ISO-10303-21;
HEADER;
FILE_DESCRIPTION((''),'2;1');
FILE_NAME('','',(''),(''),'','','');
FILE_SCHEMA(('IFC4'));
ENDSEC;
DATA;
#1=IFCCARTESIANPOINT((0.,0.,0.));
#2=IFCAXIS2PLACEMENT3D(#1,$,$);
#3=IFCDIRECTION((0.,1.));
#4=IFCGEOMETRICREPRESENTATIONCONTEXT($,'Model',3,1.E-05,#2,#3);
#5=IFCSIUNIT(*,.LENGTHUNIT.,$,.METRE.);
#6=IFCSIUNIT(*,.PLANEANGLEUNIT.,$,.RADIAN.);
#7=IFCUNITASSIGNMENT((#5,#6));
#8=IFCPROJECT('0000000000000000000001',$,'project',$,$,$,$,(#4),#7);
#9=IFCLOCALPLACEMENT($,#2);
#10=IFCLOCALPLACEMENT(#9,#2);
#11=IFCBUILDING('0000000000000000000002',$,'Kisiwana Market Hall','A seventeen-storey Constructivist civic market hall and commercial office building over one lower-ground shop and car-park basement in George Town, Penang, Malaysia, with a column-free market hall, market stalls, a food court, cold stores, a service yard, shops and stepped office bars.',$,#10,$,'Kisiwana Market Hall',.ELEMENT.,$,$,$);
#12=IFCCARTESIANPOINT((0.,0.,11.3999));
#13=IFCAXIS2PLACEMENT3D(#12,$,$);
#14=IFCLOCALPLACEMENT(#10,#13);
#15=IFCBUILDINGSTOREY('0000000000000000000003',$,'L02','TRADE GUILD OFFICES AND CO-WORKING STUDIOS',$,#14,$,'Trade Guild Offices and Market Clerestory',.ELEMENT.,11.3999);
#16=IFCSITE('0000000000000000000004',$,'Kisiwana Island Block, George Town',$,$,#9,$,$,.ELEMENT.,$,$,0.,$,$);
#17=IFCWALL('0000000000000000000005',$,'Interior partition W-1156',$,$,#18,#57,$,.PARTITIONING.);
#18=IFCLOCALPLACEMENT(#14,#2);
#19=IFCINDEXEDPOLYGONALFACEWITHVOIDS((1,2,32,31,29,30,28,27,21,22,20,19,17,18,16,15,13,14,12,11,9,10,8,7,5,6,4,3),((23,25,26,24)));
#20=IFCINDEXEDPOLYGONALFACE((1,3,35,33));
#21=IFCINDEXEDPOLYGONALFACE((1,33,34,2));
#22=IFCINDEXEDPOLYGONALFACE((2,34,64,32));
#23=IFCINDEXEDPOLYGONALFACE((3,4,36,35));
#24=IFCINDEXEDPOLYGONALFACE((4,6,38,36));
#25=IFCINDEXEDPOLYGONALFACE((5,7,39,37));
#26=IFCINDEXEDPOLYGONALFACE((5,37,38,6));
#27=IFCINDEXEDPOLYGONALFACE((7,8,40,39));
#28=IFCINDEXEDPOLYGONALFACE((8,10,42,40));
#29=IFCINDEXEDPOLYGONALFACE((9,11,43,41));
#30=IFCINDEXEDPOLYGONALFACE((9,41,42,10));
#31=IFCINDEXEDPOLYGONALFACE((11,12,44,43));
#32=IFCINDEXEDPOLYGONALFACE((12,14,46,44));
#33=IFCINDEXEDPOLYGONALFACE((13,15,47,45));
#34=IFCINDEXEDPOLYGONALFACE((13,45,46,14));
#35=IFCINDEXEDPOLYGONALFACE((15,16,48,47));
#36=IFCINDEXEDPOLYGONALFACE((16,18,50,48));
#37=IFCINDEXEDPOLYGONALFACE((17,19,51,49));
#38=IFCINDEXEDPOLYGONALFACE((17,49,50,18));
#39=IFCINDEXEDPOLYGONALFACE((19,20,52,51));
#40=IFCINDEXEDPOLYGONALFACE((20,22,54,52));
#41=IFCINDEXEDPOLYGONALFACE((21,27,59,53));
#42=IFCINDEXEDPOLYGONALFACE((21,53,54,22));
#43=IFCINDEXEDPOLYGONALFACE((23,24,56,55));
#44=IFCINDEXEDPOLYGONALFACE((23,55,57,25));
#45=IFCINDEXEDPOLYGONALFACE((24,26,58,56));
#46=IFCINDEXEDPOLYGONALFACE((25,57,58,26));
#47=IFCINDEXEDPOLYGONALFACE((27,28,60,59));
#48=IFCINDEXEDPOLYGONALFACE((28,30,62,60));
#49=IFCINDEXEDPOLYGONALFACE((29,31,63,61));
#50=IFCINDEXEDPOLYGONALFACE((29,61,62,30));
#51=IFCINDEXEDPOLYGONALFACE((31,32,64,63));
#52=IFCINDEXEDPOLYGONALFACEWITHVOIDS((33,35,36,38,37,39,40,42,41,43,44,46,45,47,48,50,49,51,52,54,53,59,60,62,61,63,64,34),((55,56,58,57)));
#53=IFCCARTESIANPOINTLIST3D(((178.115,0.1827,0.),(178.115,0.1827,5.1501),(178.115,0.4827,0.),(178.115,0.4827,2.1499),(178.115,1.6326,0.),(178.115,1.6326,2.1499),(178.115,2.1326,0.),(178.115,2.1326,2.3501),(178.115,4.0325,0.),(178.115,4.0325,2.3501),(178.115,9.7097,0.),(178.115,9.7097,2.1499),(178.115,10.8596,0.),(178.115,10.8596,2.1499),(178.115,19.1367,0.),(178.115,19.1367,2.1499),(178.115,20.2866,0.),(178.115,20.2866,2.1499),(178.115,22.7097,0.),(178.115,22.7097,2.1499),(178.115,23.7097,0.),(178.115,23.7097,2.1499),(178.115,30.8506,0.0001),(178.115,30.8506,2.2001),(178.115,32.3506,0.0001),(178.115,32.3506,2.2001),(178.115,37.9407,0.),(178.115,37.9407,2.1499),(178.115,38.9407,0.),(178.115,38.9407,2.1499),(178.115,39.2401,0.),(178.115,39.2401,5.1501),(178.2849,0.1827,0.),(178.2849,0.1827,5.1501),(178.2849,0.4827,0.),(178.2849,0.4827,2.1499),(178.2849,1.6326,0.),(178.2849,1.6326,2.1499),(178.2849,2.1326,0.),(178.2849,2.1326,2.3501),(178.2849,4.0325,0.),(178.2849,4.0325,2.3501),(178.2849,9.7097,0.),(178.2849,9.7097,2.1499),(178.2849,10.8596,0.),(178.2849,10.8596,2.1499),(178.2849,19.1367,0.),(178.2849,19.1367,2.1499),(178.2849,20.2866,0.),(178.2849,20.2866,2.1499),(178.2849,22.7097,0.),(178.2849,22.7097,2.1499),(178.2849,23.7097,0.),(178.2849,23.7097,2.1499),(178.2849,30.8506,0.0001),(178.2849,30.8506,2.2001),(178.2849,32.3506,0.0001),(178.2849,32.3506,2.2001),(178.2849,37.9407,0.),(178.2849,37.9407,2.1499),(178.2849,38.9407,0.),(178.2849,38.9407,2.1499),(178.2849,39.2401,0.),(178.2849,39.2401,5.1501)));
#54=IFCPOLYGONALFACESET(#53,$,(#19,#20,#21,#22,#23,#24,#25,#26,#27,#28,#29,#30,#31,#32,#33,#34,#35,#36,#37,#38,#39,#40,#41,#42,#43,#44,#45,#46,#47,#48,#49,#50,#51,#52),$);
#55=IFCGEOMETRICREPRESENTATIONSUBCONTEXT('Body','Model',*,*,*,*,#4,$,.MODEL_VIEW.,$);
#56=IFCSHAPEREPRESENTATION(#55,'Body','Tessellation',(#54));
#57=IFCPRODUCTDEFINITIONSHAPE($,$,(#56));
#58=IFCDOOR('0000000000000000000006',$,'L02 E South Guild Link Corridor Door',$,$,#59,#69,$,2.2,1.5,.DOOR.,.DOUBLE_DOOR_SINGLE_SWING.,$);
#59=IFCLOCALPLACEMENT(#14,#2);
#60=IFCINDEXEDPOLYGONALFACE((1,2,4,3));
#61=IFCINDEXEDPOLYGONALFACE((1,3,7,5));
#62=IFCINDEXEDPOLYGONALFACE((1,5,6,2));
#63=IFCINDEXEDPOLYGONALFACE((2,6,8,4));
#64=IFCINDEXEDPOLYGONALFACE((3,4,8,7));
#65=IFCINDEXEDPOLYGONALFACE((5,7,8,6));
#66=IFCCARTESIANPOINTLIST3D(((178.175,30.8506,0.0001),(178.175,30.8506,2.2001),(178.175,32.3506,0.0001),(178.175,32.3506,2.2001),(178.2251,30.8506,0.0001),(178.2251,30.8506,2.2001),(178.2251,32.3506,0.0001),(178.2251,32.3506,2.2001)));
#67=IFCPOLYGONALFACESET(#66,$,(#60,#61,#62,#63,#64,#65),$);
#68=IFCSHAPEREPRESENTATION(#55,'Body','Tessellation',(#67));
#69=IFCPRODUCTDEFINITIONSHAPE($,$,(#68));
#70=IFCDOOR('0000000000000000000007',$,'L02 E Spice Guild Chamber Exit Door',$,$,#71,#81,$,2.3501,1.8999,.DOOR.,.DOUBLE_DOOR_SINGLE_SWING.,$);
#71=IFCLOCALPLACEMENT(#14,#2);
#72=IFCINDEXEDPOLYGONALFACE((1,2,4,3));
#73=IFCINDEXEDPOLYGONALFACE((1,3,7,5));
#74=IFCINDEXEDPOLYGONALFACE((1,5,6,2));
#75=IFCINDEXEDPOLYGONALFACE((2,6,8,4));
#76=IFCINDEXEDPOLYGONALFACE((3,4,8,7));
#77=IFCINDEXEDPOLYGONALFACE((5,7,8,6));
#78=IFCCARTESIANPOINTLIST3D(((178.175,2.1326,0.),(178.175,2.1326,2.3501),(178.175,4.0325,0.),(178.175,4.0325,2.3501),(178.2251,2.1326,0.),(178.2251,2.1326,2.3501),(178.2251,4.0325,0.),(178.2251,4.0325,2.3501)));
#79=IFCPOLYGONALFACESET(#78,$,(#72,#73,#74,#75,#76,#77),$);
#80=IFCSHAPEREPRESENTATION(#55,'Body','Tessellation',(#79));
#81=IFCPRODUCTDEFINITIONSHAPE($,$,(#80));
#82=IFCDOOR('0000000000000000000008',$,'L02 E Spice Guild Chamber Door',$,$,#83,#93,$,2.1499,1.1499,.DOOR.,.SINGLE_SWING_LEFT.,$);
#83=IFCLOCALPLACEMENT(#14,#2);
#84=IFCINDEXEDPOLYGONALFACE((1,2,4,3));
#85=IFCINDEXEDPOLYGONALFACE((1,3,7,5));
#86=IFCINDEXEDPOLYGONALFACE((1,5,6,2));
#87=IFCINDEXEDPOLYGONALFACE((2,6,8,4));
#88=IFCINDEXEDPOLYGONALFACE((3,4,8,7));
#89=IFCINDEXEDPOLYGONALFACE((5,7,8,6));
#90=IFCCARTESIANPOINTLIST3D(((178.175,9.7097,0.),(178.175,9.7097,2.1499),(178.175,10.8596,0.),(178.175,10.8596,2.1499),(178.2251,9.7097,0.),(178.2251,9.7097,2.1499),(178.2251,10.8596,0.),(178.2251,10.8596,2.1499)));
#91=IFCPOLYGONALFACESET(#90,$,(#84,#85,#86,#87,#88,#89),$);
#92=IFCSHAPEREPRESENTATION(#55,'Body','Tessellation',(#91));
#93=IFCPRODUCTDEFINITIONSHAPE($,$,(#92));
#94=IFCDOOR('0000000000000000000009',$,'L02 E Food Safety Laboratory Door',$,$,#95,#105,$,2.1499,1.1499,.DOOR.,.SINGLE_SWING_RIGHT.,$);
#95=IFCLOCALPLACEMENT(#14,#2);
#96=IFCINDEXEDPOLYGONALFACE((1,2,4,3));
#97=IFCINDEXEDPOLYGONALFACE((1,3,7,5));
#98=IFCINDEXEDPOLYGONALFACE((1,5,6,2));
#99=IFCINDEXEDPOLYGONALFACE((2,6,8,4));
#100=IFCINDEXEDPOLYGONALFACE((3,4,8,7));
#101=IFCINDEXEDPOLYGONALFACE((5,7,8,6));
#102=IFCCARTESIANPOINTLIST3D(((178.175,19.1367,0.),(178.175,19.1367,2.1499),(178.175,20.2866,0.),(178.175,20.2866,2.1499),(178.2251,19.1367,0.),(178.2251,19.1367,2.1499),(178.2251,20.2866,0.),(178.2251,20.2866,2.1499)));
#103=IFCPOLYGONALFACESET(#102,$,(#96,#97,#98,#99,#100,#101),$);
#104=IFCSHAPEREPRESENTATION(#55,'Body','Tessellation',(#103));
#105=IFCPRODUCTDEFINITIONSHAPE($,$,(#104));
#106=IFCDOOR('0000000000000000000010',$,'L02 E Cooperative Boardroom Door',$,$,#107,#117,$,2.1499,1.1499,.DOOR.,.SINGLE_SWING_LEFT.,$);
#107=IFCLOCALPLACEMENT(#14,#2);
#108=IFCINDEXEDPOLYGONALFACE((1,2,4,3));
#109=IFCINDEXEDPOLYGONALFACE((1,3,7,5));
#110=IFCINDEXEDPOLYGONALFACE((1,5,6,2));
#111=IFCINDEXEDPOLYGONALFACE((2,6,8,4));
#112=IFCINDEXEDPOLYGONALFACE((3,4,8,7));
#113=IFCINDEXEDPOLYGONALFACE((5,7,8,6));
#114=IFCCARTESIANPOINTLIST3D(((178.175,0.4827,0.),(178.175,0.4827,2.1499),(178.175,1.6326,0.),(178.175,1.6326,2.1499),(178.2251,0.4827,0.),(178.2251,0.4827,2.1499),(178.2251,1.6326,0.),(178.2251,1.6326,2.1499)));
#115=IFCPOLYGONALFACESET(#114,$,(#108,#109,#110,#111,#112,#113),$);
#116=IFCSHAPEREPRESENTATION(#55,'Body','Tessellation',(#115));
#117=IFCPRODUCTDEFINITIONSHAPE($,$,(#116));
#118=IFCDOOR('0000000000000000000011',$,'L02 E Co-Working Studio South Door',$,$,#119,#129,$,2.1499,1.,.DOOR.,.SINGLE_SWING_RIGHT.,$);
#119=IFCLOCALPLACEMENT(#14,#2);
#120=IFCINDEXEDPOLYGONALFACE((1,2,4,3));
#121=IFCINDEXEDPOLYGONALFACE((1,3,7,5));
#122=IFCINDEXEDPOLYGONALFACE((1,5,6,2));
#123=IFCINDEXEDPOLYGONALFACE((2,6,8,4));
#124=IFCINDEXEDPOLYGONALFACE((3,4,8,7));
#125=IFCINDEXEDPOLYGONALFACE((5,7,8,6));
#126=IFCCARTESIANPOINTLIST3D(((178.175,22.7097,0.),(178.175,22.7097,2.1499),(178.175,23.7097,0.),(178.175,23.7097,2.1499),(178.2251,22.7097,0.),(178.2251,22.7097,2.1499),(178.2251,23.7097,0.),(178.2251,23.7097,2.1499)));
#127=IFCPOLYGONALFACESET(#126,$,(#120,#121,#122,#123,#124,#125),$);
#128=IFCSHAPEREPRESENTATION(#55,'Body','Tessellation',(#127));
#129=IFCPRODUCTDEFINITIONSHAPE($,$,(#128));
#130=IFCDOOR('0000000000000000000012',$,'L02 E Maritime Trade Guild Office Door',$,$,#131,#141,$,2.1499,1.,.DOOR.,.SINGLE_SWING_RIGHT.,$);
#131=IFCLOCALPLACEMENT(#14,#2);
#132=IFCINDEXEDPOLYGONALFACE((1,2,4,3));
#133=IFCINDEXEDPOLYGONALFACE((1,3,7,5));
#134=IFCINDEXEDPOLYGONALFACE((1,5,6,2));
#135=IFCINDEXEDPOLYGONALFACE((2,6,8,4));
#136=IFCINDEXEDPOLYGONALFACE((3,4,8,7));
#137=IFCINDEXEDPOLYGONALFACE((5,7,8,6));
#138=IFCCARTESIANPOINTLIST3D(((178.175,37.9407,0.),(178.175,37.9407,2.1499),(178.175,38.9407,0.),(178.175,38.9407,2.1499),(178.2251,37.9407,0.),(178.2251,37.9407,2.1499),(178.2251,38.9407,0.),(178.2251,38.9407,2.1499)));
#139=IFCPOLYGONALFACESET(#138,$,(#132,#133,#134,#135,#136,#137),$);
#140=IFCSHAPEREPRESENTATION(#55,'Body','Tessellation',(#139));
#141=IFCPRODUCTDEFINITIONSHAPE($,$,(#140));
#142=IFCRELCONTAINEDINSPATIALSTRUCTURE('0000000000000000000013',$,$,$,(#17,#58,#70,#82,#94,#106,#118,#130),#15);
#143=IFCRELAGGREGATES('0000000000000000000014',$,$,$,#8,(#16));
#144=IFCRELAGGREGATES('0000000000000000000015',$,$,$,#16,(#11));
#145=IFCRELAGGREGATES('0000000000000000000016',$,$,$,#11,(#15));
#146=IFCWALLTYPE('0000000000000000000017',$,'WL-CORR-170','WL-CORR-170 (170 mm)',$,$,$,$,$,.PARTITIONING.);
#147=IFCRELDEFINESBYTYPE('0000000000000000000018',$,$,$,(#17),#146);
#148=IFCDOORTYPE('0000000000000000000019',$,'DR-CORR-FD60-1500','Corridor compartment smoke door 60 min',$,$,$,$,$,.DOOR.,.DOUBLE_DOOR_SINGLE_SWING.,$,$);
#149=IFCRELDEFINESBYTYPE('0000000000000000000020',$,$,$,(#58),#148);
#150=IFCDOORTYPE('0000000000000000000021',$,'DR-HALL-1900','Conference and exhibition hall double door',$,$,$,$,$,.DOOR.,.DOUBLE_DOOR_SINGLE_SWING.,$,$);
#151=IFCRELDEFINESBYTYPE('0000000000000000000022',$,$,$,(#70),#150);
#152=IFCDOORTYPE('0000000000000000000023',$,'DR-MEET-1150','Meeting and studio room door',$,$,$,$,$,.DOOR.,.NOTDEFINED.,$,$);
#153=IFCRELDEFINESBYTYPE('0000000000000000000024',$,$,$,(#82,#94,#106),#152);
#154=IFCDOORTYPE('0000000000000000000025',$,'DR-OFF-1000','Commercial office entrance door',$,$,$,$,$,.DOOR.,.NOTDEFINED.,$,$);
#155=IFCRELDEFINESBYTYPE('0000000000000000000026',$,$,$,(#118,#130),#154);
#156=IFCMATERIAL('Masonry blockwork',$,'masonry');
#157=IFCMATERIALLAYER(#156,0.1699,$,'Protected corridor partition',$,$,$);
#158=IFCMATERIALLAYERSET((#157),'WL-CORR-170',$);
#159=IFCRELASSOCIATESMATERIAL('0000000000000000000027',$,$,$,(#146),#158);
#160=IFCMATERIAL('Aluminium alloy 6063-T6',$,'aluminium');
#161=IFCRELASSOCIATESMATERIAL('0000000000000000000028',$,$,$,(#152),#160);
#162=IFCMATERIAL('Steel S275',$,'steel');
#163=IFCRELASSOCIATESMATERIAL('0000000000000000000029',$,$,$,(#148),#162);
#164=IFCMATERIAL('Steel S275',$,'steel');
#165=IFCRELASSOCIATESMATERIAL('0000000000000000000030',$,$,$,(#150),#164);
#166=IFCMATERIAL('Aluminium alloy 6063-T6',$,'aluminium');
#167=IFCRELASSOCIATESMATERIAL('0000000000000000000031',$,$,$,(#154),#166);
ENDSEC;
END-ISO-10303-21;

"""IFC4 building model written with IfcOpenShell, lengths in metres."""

from ifc_helpers import new_model, si_unit, direction, frame, frame_2d, origin, place, context, subcontext, project, spatial, rectangle, extrude, material, layer, layer_set, type_object, element, fill, save


model = new_model("IFC4")

# Units and contexts
model_context = context("Model", 3, precision=1e-05, world=origin(), true_north=direction((0.0, 1.0)))
body_context = subcontext(model_context, "Body", "Model", "MODEL_VIEW")
ifc_project = project(units=[si_unit("LENGTHUNIT", "METRE"), si_unit("PLANEANGLEUNIT", "RADIAN")], contexts=[model_context])

# Site, building, storey
site_placement = place(None, origin())
site = spatial("IfcSite", under=ifc_project, at=site_placement, Name="Kisiwana Island Block, George Town", CompositionType="ELEMENT", RefElevation=0.0)
building_placement = place(site_placement, origin())
building = spatial("IfcBuilding", under=site, at=building_placement, Name="Kisiwana Market Hall", Description="A seventeen-storey Constructivist civic market hall and commercial office building over one lower-ground shop and car-park basement in George Town, Penang, Malaysia, with a column-free market hall, market stalls, a food court, cold stores, a service yard, shops and stepped office bars.", LongName="Kisiwana Market Hall", CompositionType="ELEMENT")
storey_placement = place(building_placement, frame((0.0, 0.0, 11.3999)))
storey = spatial("IfcBuildingStorey", under=building, at=storey_placement, Name="L02", Description="TRADE GUILD OFFICES AND CO-WORKING STUDIOS", LongName="Trade Guild Offices and Market Clerestory", CompositionType="ELEMENT", Elevation=11.3999)

# Shared definitions
ifc_material_1 = material(Name="Masonry blockwork", Category="masonry")
ifc_layer_1 = layer(ifc_material_1, 0.1699, Name="Protected corridor partition")
ifc_layer_set_1 = layer_set([ifc_layer_1], Name="WL-CORR-170")
wall_type_1 = type_object("IfcWallType", Name="WL-CORR-170", Description="WL-CORR-170 (170 mm)", PredefinedType="PARTITIONING", material=ifc_layer_set_1)

# Shared definitions
ifc_material_2 = material(Name="Aluminium alloy 6063-T6", Category="aluminium")
door_type_1 = type_object("IfcDoorType", Name="DR-MEET-1150", Description="Meeting and studio room door", OperationType="NOTDEFINED", PredefinedType="DOOR", material=ifc_material_2)

# Wall, openings, doors
wall_1_placement = place(storey_placement, frame((178.2, 0.1826, 0.0), z_axis=(0.0, 0.0, 1.0), x_axis=(0.0, 1.0, 0.0)))
wall_1 = element("IfcWall", 1, at=wall_1_placement, inside=storey, type_object=wall_type_1, Name="Interior partition W-1156", PredefinedType="PARTITIONING", context=body_context, shape_type="SweptSolid", body=[
    extrude(rectangle(XDim=39.0574, YDim=0.1699, at=frame_2d((19.5288, 0.0))), origin(), (0.0, 0.0, 1.0), 5.1501),
])
opening_1_placement = place(wall_1_placement, frame((9.5271, 0.0, 0.0)))
opening_1 = element("IfcOpeningElement", 2, at=opening_1_placement, cuts=wall_1, PredefinedType="OPENING", context=body_context, shape_type="SweptSolid", body=[
    extrude(rectangle(XDim=1.1499, YDim=2.1499, at=frame_2d((0.575, 1.075))), frame((0.0, 0.0969, 0.0), z_axis=(0.0, -1.0, 0.0), x_axis=(1.0, 0.0, 0.0)), (0.0, 0.0, 1.0), 0.1938),
])
opening_2_placement = place(wall_1_placement, frame((22.5271, 0.0, 0.0)))
opening_2 = element("IfcOpeningElement", 3, at=opening_2_placement, cuts=wall_1, PredefinedType="OPENING", context=body_context, shape_type="SweptSolid", body=[
    extrude(rectangle(XDim=1.0, YDim=2.1499, at=frame_2d((0.5, 1.075))), frame((0.0, 0.0969, 0.0), z_axis=(0.0, -1.0, 0.0), x_axis=(1.0, 0.0, 0.0)), (0.0, 0.0, 1.0), 0.1938),
])
opening_3_placement = place(wall_1_placement, frame((30.668, 0.0, 0.0)))
opening_3 = element("IfcOpeningElement", 4, at=opening_3_placement, cuts=wall_1, PredefinedType="OPENING", context=body_context, shape_type="SweptSolid", body=[
    extrude(rectangle(XDim=1.5, YDim=2.2, at=frame_2d((0.75, 1.1001))), frame((0.0, 0.0969, 0.0), z_axis=(0.0, -1.0, 0.0), x_axis=(1.0, 0.0, 0.0)), (0.0, 0.0, 1.0), 0.1938),
])
opening_4_placement = place(wall_1_placement, frame((18.9541, 0.0, 0.0)))
opening_4 = element("IfcOpeningElement", 5, at=opening_4_placement, cuts=wall_1, PredefinedType="OPENING", context=body_context, shape_type="SweptSolid", body=[
    extrude(rectangle(XDim=1.1499, YDim=2.1499, at=frame_2d((0.575, 1.075))), frame((0.0, 0.0969, 0.0), z_axis=(0.0, -1.0, 0.0), x_axis=(1.0, 0.0, 0.0)), (0.0, 0.0, 1.0), 0.1938),
])
opening_5_placement = place(wall_1_placement, frame((0.3, 0.0, 0.0)))
opening_5 = element("IfcOpeningElement", 6, at=opening_5_placement, cuts=wall_1, PredefinedType="OPENING", context=body_context, shape_type="SweptSolid", body=[
    extrude(rectangle(XDim=1.1499, YDim=2.1499, at=frame_2d((0.575, 1.075))), frame((0.0, 0.0969, 0.0), z_axis=(0.0, -1.0, 0.0), x_axis=(1.0, 0.0, 0.0)), (0.0, 0.0, 1.0), 0.1938),
])
opening_6_placement = place(wall_1_placement, frame((37.7581, 0.0, 0.0)))
opening_6 = element("IfcOpeningElement", 7, at=opening_6_placement, cuts=wall_1, PredefinedType="OPENING", context=body_context, shape_type="SweptSolid", body=[
    extrude(rectangle(XDim=1.0, YDim=2.1499, at=frame_2d((0.5, 1.075))), frame((0.0, 0.0969, 0.0), z_axis=(0.0, -1.0, 0.0), x_axis=(1.0, 0.0, 0.0)), (0.0, 0.0, 1.0), 0.1938),
])
opening_7_placement = place(wall_1_placement, frame((1.95, 0.0, 0.0)))
opening_7 = element("IfcOpeningElement", 8, at=opening_7_placement, cuts=wall_1, PredefinedType="OPENING", context=body_context, shape_type="SweptSolid", body=[
    extrude(rectangle(XDim=1.8999, YDim=2.3501, at=frame_2d((0.95, 1.175))), frame((0.0, 0.0969, 0.0), z_axis=(0.0, -1.0, 0.0), x_axis=(1.0, 0.0, 0.0)), (0.0, 0.0, 1.0), 0.1938),
])
ifc_material_3 = material(Name="Steel S275", Category="steel")
door_type_2 = type_object("IfcDoorType", Name="DR-CORR-FD60-1500", Description="Corridor compartment smoke door 60 min", OperationType="DOUBLE_DOOR_SINGLE_SWING", PredefinedType="DOOR", material=ifc_material_3)
door_1_placement = place(opening_3_placement, origin())
door_1 = element("IfcDoor", 9, at=door_1_placement, inside=storey, type_object=door_type_2, Name="L02 E South Guild Link Corridor Door", OperationType="DOUBLE_DOOR_SINGLE_SWING", OverallHeight=2.2, OverallWidth=1.5, PredefinedType="DOOR", context=body_context, shape_type="SweptSolid", body=[
    extrude(rectangle(XDim=1.5, YDim=2.2, at=frame_2d((0.75, 1.1001))), frame((0.0, 0.0249, 0.0), z_axis=(0.0, -1.0, 0.0), x_axis=(1.0, 0.0, 0.0)), (0.0, 0.0, 1.0), 0.05),
])
fill(opening_3, door_1)
ifc_material_4 = material(Name="Steel S275", Category="steel")
door_type_3 = type_object("IfcDoorType", Name="DR-HALL-1900", Description="Conference and exhibition hall double door", OperationType="DOUBLE_DOOR_SINGLE_SWING", PredefinedType="DOOR", material=ifc_material_4)
door_2_placement = place(opening_7_placement, origin())
door_2 = element("IfcDoor", 10, at=door_2_placement, inside=storey, type_object=door_type_3, Name="L02 E Spice Guild Chamber Exit Door", OperationType="DOUBLE_DOOR_SINGLE_SWING", OverallHeight=2.3501, OverallWidth=1.8999, PredefinedType="DOOR", context=body_context, shape_type="SweptSolid", body=[
    extrude(rectangle(XDim=1.8999, YDim=2.3501, at=frame_2d((0.95, 1.175))), frame((0.0, 0.0249, 0.0), z_axis=(0.0, -1.0, 0.0), x_axis=(1.0, 0.0, 0.0)), (0.0, 0.0, 1.0), 0.05),
])
fill(opening_7, door_2)
door_3_placement = place(opening_1_placement, origin())
door_3 = element("IfcDoor", 11, at=door_3_placement, inside=storey, type_object=door_type_1, Name="L02 E Spice Guild Chamber Door", OperationType="SINGLE_SWING_LEFT", OverallHeight=2.1499, OverallWidth=1.1499, PredefinedType="DOOR", context=body_context, shape_type="SweptSolid", body=[
    extrude(rectangle(XDim=1.1499, YDim=2.1499, at=frame_2d((0.575, 1.075))), frame((0.0, 0.0249, 0.0), z_axis=(0.0, -1.0, 0.0), x_axis=(1.0, 0.0, 0.0)), (0.0, 0.0, 1.0), 0.05),
])
fill(opening_1, door_3)
door_4_placement = place(opening_4_placement, origin())
door_4 = element("IfcDoor", 12, at=door_4_placement, inside=storey, type_object=door_type_1, Name="L02 E Food Safety Laboratory Door", OperationType="SINGLE_SWING_RIGHT", OverallHeight=2.1499, OverallWidth=1.1499, PredefinedType="DOOR", context=body_context, shape_type="SweptSolid", body=[
    extrude(rectangle(XDim=1.1499, YDim=2.1499, at=frame_2d((0.575, 1.075))), frame((0.0, 0.0249, 0.0), z_axis=(0.0, -1.0, 0.0), x_axis=(1.0, 0.0, 0.0)), (0.0, 0.0, 1.0), 0.05),
])
fill(opening_4, door_4)
door_5_placement = place(opening_5_placement, origin())
door_5 = element("IfcDoor", 13, at=door_5_placement, inside=storey, type_object=door_type_1, Name="L02 E Cooperative Boardroom Door", OperationType="SINGLE_SWING_LEFT", OverallHeight=2.1499, OverallWidth=1.1499, PredefinedType="DOOR", context=body_context, shape_type="SweptSolid", body=[
    extrude(rectangle(XDim=1.1499, YDim=2.1499, at=frame_2d((0.575, 1.075))), frame((0.0, 0.0249, 0.0), z_axis=(0.0, -1.0, 0.0), x_axis=(1.0, 0.0, 0.0)), (0.0, 0.0, 1.0), 0.05),
])
fill(opening_5, door_5)
ifc_material_5 = material(Name="Aluminium alloy 6063-T6", Category="aluminium")
door_type_4 = type_object("IfcDoorType", Name="DR-OFF-1000", Description="Commercial office entrance door", OperationType="NOTDEFINED", PredefinedType="DOOR", material=ifc_material_5)
door_6_placement = place(opening_2_placement, origin())
door_6 = element("IfcDoor", 14, at=door_6_placement, inside=storey, type_object=door_type_4, Name="L02 E Co-Working Studio South Door", OperationType="SINGLE_SWING_RIGHT", OverallHeight=2.1499, OverallWidth=1.0, PredefinedType="DOOR", context=body_context, shape_type="SweptSolid", body=[
    extrude(rectangle(XDim=1.0, YDim=2.1499, at=frame_2d((0.5, 1.075))), frame((0.0, 0.0249, 0.0), z_axis=(0.0, -1.0, 0.0), x_axis=(1.0, 0.0, 0.0)), (0.0, 0.0, 1.0), 0.05),
])
fill(opening_2, door_6)
door_7_placement = place(opening_6_placement, origin())
door_7 = element("IfcDoor", 15, at=door_7_placement, inside=storey, type_object=door_type_4, Name="L02 E Maritime Trade Guild Office Door", OperationType="SINGLE_SWING_RIGHT", OverallHeight=2.1499, OverallWidth=1.0, PredefinedType="DOOR", context=body_context, shape_type="SweptSolid", body=[
    extrude(rectangle(XDim=1.0, YDim=2.1499, at=frame_2d((0.5, 1.075))), frame((0.0, 0.0249, 0.0), z_axis=(0.0, -1.0, 0.0), x_axis=(1.0, 0.0, 0.0)), (0.0, 0.0, 1.0), 0.05),
])
fill(opening_6, door_7)

save(model, "model.ifc")
